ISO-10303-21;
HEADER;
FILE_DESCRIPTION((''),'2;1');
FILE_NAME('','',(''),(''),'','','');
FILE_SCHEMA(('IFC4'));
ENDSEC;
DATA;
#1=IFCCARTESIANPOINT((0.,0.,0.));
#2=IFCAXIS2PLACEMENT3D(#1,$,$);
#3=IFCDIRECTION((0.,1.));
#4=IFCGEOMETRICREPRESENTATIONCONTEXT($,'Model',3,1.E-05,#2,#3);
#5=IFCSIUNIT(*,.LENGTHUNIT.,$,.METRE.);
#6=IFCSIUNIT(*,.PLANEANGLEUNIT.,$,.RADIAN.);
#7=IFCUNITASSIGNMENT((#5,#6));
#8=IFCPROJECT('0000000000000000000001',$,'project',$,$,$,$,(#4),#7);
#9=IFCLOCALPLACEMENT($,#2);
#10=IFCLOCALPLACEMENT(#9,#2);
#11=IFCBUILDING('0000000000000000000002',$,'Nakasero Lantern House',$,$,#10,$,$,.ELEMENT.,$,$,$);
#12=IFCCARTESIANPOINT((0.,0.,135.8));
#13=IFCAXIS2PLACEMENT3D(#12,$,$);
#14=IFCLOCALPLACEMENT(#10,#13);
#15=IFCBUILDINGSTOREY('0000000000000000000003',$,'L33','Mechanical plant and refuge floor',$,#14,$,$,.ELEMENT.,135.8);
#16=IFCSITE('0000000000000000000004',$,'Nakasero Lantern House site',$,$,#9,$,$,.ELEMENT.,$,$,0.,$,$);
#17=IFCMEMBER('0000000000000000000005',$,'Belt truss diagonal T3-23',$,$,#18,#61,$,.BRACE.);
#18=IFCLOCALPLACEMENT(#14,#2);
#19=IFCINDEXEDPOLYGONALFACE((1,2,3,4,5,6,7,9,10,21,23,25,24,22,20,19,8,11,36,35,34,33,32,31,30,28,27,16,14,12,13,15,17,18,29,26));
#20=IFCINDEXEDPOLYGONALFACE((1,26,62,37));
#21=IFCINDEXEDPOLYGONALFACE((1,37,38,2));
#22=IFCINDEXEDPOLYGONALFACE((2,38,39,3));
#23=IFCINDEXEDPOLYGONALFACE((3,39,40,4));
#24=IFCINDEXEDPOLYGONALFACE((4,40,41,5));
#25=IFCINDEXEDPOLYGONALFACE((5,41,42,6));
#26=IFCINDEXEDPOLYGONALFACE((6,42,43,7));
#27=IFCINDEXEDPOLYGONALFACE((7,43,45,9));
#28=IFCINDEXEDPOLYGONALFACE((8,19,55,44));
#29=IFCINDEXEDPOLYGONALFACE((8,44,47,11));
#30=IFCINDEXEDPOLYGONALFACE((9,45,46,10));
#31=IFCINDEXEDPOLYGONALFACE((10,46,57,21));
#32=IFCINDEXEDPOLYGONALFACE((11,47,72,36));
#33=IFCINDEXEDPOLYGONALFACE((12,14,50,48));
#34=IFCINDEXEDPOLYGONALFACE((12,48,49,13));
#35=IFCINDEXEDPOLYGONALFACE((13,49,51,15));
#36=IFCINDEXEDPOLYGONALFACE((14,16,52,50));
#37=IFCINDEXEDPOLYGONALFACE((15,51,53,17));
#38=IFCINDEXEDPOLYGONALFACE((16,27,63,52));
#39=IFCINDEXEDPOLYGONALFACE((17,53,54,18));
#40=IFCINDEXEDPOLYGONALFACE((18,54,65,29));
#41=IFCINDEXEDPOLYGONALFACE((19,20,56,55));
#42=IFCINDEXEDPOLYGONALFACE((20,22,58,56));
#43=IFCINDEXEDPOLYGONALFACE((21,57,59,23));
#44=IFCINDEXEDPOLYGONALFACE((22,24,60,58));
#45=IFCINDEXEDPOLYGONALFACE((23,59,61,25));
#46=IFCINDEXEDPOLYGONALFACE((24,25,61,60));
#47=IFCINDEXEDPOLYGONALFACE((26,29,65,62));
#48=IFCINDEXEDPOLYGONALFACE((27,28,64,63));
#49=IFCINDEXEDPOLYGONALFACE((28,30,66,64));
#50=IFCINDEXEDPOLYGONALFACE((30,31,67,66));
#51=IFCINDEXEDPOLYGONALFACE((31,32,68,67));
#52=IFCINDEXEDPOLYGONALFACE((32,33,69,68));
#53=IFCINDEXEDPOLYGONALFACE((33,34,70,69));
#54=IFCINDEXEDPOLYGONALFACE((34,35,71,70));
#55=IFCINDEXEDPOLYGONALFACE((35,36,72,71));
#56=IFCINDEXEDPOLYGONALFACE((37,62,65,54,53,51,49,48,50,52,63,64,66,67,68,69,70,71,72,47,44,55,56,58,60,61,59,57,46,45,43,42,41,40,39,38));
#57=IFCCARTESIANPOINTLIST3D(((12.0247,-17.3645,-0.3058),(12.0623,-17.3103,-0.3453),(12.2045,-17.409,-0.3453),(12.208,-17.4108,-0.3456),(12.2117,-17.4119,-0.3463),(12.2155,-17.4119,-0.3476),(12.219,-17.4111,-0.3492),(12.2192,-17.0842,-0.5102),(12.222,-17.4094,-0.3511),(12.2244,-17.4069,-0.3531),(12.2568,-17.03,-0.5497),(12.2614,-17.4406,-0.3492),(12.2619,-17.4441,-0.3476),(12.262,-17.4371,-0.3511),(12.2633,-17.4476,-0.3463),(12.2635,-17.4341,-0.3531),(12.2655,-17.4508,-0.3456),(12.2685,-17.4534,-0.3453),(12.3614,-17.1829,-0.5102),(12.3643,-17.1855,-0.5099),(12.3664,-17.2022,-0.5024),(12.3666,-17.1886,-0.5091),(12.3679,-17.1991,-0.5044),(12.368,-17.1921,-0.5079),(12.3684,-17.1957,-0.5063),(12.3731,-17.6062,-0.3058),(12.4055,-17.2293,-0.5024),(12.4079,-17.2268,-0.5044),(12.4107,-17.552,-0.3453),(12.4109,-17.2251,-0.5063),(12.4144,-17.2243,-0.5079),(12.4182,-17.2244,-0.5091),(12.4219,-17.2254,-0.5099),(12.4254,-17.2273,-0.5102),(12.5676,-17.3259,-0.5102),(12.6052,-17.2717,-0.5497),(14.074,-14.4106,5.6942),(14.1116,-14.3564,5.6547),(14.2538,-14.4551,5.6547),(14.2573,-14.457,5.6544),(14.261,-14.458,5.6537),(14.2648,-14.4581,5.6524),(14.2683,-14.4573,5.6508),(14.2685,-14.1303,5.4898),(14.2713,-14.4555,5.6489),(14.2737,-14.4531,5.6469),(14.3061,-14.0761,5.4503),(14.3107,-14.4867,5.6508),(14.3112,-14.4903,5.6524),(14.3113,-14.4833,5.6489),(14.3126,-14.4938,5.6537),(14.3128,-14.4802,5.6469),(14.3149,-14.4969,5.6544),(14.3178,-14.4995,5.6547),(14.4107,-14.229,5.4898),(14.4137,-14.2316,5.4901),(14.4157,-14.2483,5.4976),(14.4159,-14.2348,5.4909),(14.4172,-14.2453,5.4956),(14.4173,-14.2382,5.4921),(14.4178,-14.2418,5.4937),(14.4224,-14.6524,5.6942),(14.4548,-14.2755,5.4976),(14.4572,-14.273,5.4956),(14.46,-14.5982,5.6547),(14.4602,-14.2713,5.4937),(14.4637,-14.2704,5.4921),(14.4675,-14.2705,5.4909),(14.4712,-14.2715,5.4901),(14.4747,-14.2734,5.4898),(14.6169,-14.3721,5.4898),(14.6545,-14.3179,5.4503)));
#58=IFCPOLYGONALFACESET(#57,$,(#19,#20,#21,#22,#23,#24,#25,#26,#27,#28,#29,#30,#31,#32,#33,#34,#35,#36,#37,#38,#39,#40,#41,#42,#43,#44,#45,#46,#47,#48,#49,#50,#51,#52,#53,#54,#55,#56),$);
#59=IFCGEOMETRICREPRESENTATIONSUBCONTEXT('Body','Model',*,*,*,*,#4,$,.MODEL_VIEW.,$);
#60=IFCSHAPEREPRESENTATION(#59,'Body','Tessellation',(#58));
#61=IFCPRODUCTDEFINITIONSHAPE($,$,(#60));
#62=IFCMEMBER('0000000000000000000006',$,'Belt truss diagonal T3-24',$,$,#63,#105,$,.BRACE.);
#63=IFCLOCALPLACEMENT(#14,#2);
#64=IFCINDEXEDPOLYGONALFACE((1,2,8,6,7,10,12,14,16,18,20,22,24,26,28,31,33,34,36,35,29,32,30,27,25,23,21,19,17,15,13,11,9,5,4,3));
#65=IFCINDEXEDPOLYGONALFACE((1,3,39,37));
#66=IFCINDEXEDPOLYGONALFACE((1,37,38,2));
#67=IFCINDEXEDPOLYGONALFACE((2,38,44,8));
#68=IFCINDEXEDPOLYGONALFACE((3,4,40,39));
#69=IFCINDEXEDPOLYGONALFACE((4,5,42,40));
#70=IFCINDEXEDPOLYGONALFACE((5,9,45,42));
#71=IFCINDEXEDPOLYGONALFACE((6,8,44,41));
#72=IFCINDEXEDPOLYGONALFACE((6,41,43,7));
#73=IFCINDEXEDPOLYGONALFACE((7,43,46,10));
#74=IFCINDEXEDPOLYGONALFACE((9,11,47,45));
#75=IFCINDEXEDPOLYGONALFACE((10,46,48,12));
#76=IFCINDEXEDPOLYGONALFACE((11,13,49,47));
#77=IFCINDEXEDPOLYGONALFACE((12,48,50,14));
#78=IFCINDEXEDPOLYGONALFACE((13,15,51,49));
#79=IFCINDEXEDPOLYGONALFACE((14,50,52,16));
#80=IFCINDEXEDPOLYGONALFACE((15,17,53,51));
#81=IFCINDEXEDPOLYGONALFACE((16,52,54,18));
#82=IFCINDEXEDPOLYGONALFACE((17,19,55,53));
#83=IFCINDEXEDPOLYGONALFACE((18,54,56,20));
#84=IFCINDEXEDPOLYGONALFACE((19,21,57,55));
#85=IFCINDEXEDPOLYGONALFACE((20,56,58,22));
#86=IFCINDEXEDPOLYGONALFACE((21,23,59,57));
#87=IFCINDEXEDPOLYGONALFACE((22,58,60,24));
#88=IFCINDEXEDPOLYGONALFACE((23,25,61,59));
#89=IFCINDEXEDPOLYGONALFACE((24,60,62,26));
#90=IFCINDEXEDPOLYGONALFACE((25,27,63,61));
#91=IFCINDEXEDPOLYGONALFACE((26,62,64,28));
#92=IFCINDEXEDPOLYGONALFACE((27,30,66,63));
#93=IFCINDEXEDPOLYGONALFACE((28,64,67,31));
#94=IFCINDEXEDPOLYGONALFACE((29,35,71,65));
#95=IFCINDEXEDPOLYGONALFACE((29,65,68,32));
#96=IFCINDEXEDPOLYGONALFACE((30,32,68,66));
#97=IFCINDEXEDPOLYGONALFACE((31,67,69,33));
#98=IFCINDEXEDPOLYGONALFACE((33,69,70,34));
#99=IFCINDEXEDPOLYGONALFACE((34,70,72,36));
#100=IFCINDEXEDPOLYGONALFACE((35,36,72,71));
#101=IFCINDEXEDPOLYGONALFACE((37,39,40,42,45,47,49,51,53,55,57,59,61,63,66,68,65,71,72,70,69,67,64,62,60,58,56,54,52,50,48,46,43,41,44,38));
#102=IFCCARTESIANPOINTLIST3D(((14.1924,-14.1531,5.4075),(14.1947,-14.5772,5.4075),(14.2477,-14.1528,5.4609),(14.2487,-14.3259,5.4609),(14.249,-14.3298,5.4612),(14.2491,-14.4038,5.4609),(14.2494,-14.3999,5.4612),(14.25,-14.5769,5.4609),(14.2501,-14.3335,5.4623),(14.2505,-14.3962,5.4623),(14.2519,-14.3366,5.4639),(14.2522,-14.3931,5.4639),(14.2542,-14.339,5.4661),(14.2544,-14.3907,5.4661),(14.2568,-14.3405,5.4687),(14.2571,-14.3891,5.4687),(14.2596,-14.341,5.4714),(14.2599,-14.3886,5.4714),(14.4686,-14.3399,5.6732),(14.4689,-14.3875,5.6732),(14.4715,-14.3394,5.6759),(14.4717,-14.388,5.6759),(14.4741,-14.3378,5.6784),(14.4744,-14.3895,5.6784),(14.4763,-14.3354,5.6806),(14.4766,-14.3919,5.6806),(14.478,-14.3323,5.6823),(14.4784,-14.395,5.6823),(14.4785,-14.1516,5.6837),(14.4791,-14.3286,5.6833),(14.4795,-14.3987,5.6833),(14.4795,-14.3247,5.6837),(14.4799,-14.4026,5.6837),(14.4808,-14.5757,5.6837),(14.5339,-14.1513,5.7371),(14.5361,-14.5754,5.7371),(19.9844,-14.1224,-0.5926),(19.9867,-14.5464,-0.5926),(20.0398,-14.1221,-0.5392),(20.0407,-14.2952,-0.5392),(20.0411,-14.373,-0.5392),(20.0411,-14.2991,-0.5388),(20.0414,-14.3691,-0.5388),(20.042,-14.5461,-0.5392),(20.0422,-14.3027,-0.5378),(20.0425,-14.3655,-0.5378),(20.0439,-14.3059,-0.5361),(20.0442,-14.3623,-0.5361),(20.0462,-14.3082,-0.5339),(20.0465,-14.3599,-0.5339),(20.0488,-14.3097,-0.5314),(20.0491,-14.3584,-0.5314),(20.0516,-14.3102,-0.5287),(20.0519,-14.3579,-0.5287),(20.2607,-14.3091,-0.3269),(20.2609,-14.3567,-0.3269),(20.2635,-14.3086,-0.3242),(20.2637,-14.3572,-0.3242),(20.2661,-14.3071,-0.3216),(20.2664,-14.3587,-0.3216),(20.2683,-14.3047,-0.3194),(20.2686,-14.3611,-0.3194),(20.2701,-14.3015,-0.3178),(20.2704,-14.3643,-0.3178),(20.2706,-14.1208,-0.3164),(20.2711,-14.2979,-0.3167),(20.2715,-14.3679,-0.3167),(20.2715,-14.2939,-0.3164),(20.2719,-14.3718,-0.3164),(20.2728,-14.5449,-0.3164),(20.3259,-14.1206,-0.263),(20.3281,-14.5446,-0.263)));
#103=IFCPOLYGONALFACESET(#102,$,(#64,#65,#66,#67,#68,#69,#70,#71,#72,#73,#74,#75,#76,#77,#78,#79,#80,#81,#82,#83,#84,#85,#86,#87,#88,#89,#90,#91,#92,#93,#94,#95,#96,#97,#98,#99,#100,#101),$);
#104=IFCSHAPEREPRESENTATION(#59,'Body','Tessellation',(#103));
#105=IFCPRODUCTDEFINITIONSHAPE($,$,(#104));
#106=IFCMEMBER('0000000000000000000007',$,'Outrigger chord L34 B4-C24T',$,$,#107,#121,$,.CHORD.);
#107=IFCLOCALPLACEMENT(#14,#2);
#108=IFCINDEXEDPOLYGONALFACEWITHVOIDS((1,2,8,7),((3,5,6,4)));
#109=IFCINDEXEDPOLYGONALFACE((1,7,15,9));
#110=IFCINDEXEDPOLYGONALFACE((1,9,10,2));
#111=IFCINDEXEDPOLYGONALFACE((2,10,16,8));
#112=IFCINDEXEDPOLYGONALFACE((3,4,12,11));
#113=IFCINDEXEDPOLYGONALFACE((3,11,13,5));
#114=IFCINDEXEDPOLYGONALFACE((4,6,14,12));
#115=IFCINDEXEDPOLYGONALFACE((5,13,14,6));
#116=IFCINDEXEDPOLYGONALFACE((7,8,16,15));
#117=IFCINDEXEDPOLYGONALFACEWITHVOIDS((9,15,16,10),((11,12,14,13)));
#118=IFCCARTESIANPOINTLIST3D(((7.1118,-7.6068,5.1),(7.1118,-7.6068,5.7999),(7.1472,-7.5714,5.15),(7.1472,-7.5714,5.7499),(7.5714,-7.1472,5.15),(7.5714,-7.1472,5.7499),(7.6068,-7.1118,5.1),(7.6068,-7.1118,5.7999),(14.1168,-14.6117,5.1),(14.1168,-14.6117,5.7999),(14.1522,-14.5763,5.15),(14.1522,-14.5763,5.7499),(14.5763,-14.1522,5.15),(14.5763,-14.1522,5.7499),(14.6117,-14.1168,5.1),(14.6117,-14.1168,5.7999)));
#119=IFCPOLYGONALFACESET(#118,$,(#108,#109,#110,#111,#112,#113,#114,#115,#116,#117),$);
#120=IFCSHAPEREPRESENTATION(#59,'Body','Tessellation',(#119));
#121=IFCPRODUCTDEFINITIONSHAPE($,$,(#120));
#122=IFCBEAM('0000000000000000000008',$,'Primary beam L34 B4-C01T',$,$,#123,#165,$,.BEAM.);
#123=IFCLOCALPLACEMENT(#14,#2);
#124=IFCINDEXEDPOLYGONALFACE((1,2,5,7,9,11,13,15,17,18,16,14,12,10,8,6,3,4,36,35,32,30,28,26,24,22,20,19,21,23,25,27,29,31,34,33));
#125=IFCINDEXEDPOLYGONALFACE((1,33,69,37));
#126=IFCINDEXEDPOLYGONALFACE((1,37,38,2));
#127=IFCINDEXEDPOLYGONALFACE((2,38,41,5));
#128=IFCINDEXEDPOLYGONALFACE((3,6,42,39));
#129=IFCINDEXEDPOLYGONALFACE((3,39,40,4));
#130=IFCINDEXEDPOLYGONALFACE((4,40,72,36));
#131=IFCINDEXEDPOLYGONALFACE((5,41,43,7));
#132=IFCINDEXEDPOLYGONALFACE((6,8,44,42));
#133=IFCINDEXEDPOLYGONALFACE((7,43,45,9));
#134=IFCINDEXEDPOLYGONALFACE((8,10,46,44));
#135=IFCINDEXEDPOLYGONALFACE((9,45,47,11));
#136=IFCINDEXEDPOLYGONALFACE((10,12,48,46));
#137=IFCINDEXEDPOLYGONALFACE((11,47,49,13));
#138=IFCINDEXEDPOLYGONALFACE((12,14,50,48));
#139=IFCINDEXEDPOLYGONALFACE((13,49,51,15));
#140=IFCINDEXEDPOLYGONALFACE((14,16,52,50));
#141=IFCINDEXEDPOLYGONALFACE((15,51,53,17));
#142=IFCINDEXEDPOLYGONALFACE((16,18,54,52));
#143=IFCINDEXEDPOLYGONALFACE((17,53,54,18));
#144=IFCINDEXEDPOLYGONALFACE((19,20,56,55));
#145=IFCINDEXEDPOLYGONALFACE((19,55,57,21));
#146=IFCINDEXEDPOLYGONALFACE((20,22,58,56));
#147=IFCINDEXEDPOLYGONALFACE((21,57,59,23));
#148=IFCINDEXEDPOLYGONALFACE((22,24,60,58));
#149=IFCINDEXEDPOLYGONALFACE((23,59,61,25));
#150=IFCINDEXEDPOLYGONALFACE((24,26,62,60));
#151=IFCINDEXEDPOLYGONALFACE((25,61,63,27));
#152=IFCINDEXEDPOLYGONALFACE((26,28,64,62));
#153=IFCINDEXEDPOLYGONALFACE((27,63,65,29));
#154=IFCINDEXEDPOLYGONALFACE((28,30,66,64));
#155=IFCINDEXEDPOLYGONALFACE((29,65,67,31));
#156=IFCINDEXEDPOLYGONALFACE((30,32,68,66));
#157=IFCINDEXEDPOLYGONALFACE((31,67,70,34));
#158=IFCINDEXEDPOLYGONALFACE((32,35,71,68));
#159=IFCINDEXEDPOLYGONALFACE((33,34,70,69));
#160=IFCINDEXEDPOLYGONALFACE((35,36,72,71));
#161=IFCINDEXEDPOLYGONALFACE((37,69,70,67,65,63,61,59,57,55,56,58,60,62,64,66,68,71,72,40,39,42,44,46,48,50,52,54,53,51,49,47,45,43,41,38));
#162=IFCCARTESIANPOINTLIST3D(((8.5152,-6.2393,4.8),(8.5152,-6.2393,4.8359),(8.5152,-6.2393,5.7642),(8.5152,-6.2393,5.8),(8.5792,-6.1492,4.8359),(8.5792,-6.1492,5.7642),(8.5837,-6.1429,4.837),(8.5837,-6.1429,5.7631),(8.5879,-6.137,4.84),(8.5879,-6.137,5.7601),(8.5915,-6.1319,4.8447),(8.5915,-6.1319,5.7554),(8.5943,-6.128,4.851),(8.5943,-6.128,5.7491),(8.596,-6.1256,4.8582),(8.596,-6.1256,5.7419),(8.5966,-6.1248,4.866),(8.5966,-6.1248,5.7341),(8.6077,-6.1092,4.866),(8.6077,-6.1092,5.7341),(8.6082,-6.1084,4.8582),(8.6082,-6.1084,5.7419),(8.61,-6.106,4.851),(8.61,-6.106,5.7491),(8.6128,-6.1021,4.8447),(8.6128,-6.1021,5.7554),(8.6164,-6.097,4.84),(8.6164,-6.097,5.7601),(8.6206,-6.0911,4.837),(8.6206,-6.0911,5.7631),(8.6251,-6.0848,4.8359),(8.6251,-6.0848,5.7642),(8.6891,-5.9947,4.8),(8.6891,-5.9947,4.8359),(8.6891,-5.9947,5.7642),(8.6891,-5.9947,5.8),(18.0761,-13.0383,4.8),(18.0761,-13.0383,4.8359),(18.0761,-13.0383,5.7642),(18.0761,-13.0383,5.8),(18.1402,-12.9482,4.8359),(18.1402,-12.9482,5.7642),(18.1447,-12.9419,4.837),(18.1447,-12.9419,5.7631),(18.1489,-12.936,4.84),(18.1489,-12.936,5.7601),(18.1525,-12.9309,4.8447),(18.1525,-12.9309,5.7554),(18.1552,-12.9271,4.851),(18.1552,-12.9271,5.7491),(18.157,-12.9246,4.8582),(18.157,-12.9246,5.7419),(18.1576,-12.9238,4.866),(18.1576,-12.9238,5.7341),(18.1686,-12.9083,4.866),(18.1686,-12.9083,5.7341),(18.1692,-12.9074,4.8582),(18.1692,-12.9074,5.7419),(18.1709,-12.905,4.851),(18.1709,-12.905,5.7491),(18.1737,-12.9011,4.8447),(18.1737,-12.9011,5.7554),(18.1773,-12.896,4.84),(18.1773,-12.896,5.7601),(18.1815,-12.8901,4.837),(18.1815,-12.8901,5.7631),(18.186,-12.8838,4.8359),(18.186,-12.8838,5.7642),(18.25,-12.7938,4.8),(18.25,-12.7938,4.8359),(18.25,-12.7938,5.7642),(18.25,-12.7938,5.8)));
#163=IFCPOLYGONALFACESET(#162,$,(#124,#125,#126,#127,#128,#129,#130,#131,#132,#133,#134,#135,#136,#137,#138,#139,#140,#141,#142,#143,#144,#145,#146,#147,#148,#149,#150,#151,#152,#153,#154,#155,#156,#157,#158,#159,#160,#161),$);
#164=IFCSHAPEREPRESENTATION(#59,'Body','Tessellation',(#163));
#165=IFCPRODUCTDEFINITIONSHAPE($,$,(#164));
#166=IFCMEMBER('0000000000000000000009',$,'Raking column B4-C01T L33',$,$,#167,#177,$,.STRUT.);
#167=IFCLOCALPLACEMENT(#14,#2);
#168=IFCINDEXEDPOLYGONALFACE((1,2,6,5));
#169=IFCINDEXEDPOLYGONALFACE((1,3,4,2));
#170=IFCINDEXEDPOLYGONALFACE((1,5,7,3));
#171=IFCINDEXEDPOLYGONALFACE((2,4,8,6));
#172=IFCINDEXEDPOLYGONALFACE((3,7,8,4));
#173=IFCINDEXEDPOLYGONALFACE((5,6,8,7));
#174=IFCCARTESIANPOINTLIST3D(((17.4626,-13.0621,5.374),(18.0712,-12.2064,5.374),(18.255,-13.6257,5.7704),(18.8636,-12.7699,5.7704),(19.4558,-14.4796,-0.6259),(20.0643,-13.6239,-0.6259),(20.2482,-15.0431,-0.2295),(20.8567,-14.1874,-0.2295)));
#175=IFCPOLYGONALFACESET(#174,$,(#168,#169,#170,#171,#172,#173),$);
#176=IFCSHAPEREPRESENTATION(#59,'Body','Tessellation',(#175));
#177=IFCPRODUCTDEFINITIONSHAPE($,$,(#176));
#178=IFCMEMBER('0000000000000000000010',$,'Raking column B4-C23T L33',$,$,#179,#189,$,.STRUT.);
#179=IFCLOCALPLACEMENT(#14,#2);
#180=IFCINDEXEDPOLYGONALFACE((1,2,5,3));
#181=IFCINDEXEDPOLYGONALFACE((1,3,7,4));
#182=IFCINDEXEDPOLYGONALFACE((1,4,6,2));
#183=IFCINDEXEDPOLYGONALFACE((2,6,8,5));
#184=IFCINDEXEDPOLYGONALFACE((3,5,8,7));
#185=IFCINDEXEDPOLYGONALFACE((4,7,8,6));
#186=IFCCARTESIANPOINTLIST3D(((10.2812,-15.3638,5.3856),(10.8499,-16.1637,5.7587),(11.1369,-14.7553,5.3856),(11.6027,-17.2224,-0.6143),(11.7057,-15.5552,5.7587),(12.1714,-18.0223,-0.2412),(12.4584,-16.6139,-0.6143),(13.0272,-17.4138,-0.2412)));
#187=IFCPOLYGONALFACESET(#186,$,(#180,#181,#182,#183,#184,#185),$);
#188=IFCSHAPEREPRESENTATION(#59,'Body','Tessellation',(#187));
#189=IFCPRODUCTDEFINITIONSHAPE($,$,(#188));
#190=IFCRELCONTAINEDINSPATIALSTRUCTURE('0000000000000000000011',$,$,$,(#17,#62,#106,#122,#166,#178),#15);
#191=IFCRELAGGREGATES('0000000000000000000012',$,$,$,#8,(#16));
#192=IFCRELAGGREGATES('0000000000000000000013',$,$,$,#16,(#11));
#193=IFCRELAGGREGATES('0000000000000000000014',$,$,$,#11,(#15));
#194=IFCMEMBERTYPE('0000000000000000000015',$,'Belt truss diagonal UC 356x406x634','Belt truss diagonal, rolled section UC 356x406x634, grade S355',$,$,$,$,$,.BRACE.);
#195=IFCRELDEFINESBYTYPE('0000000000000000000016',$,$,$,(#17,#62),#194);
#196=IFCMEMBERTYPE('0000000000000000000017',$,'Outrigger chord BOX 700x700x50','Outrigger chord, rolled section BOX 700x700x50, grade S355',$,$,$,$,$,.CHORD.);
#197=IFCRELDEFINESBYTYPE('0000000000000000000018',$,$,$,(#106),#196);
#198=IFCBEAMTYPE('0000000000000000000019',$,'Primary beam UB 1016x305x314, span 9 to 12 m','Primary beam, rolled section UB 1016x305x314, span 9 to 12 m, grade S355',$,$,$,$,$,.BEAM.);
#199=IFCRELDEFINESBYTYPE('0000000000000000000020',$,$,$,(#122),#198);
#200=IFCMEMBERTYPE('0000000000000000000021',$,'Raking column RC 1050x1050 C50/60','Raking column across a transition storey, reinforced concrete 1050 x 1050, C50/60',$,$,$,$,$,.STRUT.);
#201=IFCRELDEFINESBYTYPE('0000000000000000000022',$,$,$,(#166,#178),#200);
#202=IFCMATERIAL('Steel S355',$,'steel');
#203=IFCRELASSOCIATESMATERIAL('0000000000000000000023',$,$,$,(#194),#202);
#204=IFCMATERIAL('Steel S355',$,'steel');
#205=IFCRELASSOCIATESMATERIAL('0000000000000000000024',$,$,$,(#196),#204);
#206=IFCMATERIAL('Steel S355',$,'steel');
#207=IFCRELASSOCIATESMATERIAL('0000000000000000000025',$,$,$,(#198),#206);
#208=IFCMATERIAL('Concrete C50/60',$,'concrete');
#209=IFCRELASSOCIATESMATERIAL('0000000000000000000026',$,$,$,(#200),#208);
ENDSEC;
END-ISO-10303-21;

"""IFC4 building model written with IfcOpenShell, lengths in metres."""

from ifc_helpers import new_model, si_unit, direction, frame, origin, origin_2d, place, context, subcontext, project, spatial, rectangle, hollow_rectangle, i_section, extrude, material, material_profile, profile_set, type_object, element, save


model = new_model("IFC4")

# Units and contexts
model_context = context("Model", 3, precision=1e-05, world=origin(), true_north=direction((0.0, 1.0)))
body_context = subcontext(model_context, "Body", "Model", "MODEL_VIEW")
ifc_project = project(units=[si_unit("LENGTHUNIT", "METRE"), si_unit("PLANEANGLEUNIT", "RADIAN")], contexts=[model_context])

# Site, building, storey
site_placement = place(None, origin())
site = spatial("IfcSite", under=ifc_project, at=site_placement, Name="Nakasero Lantern House site", CompositionType="ELEMENT", RefElevation=0.0)
building_placement = place(site_placement, origin())
building = spatial("IfcBuilding", under=site, at=building_placement, Name="Nakasero Lantern House", CompositionType="ELEMENT")
storey_placement = place(building_placement, frame((0.0, 0.0, 135.8)))
storey = spatial("IfcBuildingStorey", under=building, at=storey_placement, Name="L33", Description="Mechanical plant and refuge floor", CompositionType="ELEMENT", Elevation=135.8)

# Members
ifc_material_1 = material(Name="Steel S355", Category="steel")
ifc_material_profile_1 = material_profile(ifc_material_1, i_section(OverallWidth=0.4241, OverallDepth=0.4746, WebThickness=0.0476, FlangeThickness=0.0769, FilletRadius=0.0151, at=origin_2d()), Name="UC 356x406x634")
ifc_profile_set_1 = profile_set([ifc_material_profile_1], Name="Steel S355")
member_type_1 = type_object("IfcMemberType", Name="Belt truss diagonal UC 356x406x634", Description="Belt truss diagonal, rolled section UC 356x406x634, grade S355", PredefinedType="BRACE", material=ifc_profile_set_1)
member_1_placement = place(storey_placement, frame((12.3149, -17.3181, -0.4277), z_axis=(0.292984, 0.422303, 0.8578), x_axis=(-0.821627, 0.570025, 0.0)))
element("IfcMember", 1, at=member_1_placement, inside=storey, type_object=member_type_1, Name="Belt truss diagonal T3-23", PredefinedType="BRACE", context=body_context, shape_type="SweptSolid", body=[
    extrude(i_section(OverallWidth=0.4241, OverallDepth=0.4746, WebThickness=0.0476, FlangeThickness=0.0769, FilletRadius=0.0151, at=origin_2d()), origin(), (0.0, 0.0, 1.0), 6.9946),
])
member_2_placement = place(storey_placement, frame((14.3643, -14.3643, 5.5723), z_axis=(0.694521, 0.003689, -0.719463), x_axis=(-0.005311, 0.999986, 0.0)))
element("IfcMember", 2, at=member_2_placement, inside=storey, type_object=member_type_1, Name="Belt truss diagonal T3-24", PredefinedType="BRACE", context=body_context, shape_type="SweptSolid", body=[
    extrude(i_section(OverallWidth=0.4241, OverallDepth=0.4746, WebThickness=0.0476, FlangeThickness=0.0769, FilletRadius=0.0151, at=origin_2d()), origin(), (0.0, 0.0, 1.0), 8.3396),
])
ifc_material_2 = material(Name="Steel S355", Category="steel")
ifc_material_profile_2 = material_profile(ifc_material_2, hollow_rectangle(XDim=0.7, YDim=0.7, WallThickness=0.05, at=origin_2d()), Name="BOX 700x700x50")
ifc_profile_set_2 = profile_set([ifc_material_profile_2], Name="Steel S355")
member_type_2 = type_object("IfcMemberType", Name="Outrigger chord BOX 700x700x50", Description="Outrigger chord, rolled section BOX 700x700x50, grade S355", PredefinedType="CHORD", material=ifc_profile_set_2)
member_3_placement = place(storey_placement, frame((14.3643, -14.3643, 5.45), z_axis=(-0.707107, 0.707107, 0.0), x_axis=(-0.707107, -0.707107, 0.0)))
element("IfcMember", 3, at=member_3_placement, inside=storey, type_object=member_type_2, Name="Outrigger chord L34 B4-C24T", PredefinedType="CHORD", context=body_context, shape_type="SweptSolid", body=[
    extrude(hollow_rectangle(XDim=0.7, YDim=0.7, WallThickness=0.05, at=origin_2d()), origin(), (0.0, 0.0, 1.0), 9.9065),
])

# Beam
ifc_material_3 = material(Name="Steel S355", Category="steel")
ifc_material_profile_3 = material_profile(ifc_material_3, i_section(OverallWidth=0.3, OverallDepth=1.0, WebThickness=0.019, FlangeThickness=0.0359, FilletRadius=0.03, at=origin_2d()), Name="UB 1016x305x314")
ifc_profile_set_3 = profile_set([ifc_material_profile_3], Name="Steel S355")
beam_type = type_object("IfcBeamType", Name="Primary beam UB 1016x305x314, span 9 to 12 m", Description="Primary beam, rolled section UB 1016x305x314, span 9 to 12 m, grade S355", PredefinedType="BEAM", material=ifc_profile_set_3)
beam_placement = place(storey_placement, frame((18.1631, -12.916, 5.3), z_axis=(-0.814951, 0.57953, 0.0), x_axis=(-0.57953, -0.814951, 0.0)))
element("IfcBeam", 4, at=beam_placement, inside=storey, type_object=beam_type, Name="Primary beam L34 B4-C01T", PredefinedType="BEAM", context=body_context, shape_type="SweptSolid", body=[
    extrude(i_section(OverallWidth=0.3, OverallDepth=1.0, WebThickness=0.019, FlangeThickness=0.0359, FilletRadius=0.03, at=origin_2d()), origin(), (0.0, 0.0, 1.0), 11.7319),
])

# Members
ifc_material_4 = material(Name="Concrete C50/60", Category="concrete")
ifc_material_profile_4 = material_profile(ifc_material_4, rectangle(XDim=1.05, YDim=1.05, at=origin_2d()), Name="RC 1050x1050")
ifc_profile_set_4 = profile_set([ifc_material_profile_4], Name="Concrete C50/60")
member_type_3 = type_object("IfcMemberType", Name="Raking column RC 1050x1050 C50/60", Description="Raking column across a transition storey, reinforced concrete 1050 x 1050, C50/60", PredefinedType="STRUT", material=ifc_profile_set_4)
member_4_placement = place(storey_placement, frame((20.1562, -14.3335, -0.4277), z_axis=(-0.307618, 0.218769, 0.926019), x_axis=(-0.579556, -0.814932, 0.0)))
element("IfcMember", 5, at=member_4_placement, inside=storey, type_object=member_type_3, Name="Raking column B4-C01T L33", PredefinedType="STRUT", context=body_context, shape_type="SweptSolid", body=[
    extrude(rectangle(XDim=1.05, YDim=1.05, at=origin_2d()), origin(), (0.0, 0.0, 1.0), 6.4792),
])
member_5_placement = place(storey_placement, frame((12.3149, -17.3181, -0.4277), z_axis=(-0.205885, 0.289562, 0.934754), x_axis=(-0.81499, -0.579475, 0.0)))
element("IfcMember", 6, at=member_5_placement, inside=storey, type_object=member_type_3, Name="Raking column B4-C23T L33", PredefinedType="STRUT", context=body_context, shape_type="SweptSolid", body=[
    extrude(rectangle(XDim=1.05, YDim=1.05, at=origin_2d()), origin(), (0.0, 0.0, 1.0), 6.4187),
])

save(model, "model.ifc")
